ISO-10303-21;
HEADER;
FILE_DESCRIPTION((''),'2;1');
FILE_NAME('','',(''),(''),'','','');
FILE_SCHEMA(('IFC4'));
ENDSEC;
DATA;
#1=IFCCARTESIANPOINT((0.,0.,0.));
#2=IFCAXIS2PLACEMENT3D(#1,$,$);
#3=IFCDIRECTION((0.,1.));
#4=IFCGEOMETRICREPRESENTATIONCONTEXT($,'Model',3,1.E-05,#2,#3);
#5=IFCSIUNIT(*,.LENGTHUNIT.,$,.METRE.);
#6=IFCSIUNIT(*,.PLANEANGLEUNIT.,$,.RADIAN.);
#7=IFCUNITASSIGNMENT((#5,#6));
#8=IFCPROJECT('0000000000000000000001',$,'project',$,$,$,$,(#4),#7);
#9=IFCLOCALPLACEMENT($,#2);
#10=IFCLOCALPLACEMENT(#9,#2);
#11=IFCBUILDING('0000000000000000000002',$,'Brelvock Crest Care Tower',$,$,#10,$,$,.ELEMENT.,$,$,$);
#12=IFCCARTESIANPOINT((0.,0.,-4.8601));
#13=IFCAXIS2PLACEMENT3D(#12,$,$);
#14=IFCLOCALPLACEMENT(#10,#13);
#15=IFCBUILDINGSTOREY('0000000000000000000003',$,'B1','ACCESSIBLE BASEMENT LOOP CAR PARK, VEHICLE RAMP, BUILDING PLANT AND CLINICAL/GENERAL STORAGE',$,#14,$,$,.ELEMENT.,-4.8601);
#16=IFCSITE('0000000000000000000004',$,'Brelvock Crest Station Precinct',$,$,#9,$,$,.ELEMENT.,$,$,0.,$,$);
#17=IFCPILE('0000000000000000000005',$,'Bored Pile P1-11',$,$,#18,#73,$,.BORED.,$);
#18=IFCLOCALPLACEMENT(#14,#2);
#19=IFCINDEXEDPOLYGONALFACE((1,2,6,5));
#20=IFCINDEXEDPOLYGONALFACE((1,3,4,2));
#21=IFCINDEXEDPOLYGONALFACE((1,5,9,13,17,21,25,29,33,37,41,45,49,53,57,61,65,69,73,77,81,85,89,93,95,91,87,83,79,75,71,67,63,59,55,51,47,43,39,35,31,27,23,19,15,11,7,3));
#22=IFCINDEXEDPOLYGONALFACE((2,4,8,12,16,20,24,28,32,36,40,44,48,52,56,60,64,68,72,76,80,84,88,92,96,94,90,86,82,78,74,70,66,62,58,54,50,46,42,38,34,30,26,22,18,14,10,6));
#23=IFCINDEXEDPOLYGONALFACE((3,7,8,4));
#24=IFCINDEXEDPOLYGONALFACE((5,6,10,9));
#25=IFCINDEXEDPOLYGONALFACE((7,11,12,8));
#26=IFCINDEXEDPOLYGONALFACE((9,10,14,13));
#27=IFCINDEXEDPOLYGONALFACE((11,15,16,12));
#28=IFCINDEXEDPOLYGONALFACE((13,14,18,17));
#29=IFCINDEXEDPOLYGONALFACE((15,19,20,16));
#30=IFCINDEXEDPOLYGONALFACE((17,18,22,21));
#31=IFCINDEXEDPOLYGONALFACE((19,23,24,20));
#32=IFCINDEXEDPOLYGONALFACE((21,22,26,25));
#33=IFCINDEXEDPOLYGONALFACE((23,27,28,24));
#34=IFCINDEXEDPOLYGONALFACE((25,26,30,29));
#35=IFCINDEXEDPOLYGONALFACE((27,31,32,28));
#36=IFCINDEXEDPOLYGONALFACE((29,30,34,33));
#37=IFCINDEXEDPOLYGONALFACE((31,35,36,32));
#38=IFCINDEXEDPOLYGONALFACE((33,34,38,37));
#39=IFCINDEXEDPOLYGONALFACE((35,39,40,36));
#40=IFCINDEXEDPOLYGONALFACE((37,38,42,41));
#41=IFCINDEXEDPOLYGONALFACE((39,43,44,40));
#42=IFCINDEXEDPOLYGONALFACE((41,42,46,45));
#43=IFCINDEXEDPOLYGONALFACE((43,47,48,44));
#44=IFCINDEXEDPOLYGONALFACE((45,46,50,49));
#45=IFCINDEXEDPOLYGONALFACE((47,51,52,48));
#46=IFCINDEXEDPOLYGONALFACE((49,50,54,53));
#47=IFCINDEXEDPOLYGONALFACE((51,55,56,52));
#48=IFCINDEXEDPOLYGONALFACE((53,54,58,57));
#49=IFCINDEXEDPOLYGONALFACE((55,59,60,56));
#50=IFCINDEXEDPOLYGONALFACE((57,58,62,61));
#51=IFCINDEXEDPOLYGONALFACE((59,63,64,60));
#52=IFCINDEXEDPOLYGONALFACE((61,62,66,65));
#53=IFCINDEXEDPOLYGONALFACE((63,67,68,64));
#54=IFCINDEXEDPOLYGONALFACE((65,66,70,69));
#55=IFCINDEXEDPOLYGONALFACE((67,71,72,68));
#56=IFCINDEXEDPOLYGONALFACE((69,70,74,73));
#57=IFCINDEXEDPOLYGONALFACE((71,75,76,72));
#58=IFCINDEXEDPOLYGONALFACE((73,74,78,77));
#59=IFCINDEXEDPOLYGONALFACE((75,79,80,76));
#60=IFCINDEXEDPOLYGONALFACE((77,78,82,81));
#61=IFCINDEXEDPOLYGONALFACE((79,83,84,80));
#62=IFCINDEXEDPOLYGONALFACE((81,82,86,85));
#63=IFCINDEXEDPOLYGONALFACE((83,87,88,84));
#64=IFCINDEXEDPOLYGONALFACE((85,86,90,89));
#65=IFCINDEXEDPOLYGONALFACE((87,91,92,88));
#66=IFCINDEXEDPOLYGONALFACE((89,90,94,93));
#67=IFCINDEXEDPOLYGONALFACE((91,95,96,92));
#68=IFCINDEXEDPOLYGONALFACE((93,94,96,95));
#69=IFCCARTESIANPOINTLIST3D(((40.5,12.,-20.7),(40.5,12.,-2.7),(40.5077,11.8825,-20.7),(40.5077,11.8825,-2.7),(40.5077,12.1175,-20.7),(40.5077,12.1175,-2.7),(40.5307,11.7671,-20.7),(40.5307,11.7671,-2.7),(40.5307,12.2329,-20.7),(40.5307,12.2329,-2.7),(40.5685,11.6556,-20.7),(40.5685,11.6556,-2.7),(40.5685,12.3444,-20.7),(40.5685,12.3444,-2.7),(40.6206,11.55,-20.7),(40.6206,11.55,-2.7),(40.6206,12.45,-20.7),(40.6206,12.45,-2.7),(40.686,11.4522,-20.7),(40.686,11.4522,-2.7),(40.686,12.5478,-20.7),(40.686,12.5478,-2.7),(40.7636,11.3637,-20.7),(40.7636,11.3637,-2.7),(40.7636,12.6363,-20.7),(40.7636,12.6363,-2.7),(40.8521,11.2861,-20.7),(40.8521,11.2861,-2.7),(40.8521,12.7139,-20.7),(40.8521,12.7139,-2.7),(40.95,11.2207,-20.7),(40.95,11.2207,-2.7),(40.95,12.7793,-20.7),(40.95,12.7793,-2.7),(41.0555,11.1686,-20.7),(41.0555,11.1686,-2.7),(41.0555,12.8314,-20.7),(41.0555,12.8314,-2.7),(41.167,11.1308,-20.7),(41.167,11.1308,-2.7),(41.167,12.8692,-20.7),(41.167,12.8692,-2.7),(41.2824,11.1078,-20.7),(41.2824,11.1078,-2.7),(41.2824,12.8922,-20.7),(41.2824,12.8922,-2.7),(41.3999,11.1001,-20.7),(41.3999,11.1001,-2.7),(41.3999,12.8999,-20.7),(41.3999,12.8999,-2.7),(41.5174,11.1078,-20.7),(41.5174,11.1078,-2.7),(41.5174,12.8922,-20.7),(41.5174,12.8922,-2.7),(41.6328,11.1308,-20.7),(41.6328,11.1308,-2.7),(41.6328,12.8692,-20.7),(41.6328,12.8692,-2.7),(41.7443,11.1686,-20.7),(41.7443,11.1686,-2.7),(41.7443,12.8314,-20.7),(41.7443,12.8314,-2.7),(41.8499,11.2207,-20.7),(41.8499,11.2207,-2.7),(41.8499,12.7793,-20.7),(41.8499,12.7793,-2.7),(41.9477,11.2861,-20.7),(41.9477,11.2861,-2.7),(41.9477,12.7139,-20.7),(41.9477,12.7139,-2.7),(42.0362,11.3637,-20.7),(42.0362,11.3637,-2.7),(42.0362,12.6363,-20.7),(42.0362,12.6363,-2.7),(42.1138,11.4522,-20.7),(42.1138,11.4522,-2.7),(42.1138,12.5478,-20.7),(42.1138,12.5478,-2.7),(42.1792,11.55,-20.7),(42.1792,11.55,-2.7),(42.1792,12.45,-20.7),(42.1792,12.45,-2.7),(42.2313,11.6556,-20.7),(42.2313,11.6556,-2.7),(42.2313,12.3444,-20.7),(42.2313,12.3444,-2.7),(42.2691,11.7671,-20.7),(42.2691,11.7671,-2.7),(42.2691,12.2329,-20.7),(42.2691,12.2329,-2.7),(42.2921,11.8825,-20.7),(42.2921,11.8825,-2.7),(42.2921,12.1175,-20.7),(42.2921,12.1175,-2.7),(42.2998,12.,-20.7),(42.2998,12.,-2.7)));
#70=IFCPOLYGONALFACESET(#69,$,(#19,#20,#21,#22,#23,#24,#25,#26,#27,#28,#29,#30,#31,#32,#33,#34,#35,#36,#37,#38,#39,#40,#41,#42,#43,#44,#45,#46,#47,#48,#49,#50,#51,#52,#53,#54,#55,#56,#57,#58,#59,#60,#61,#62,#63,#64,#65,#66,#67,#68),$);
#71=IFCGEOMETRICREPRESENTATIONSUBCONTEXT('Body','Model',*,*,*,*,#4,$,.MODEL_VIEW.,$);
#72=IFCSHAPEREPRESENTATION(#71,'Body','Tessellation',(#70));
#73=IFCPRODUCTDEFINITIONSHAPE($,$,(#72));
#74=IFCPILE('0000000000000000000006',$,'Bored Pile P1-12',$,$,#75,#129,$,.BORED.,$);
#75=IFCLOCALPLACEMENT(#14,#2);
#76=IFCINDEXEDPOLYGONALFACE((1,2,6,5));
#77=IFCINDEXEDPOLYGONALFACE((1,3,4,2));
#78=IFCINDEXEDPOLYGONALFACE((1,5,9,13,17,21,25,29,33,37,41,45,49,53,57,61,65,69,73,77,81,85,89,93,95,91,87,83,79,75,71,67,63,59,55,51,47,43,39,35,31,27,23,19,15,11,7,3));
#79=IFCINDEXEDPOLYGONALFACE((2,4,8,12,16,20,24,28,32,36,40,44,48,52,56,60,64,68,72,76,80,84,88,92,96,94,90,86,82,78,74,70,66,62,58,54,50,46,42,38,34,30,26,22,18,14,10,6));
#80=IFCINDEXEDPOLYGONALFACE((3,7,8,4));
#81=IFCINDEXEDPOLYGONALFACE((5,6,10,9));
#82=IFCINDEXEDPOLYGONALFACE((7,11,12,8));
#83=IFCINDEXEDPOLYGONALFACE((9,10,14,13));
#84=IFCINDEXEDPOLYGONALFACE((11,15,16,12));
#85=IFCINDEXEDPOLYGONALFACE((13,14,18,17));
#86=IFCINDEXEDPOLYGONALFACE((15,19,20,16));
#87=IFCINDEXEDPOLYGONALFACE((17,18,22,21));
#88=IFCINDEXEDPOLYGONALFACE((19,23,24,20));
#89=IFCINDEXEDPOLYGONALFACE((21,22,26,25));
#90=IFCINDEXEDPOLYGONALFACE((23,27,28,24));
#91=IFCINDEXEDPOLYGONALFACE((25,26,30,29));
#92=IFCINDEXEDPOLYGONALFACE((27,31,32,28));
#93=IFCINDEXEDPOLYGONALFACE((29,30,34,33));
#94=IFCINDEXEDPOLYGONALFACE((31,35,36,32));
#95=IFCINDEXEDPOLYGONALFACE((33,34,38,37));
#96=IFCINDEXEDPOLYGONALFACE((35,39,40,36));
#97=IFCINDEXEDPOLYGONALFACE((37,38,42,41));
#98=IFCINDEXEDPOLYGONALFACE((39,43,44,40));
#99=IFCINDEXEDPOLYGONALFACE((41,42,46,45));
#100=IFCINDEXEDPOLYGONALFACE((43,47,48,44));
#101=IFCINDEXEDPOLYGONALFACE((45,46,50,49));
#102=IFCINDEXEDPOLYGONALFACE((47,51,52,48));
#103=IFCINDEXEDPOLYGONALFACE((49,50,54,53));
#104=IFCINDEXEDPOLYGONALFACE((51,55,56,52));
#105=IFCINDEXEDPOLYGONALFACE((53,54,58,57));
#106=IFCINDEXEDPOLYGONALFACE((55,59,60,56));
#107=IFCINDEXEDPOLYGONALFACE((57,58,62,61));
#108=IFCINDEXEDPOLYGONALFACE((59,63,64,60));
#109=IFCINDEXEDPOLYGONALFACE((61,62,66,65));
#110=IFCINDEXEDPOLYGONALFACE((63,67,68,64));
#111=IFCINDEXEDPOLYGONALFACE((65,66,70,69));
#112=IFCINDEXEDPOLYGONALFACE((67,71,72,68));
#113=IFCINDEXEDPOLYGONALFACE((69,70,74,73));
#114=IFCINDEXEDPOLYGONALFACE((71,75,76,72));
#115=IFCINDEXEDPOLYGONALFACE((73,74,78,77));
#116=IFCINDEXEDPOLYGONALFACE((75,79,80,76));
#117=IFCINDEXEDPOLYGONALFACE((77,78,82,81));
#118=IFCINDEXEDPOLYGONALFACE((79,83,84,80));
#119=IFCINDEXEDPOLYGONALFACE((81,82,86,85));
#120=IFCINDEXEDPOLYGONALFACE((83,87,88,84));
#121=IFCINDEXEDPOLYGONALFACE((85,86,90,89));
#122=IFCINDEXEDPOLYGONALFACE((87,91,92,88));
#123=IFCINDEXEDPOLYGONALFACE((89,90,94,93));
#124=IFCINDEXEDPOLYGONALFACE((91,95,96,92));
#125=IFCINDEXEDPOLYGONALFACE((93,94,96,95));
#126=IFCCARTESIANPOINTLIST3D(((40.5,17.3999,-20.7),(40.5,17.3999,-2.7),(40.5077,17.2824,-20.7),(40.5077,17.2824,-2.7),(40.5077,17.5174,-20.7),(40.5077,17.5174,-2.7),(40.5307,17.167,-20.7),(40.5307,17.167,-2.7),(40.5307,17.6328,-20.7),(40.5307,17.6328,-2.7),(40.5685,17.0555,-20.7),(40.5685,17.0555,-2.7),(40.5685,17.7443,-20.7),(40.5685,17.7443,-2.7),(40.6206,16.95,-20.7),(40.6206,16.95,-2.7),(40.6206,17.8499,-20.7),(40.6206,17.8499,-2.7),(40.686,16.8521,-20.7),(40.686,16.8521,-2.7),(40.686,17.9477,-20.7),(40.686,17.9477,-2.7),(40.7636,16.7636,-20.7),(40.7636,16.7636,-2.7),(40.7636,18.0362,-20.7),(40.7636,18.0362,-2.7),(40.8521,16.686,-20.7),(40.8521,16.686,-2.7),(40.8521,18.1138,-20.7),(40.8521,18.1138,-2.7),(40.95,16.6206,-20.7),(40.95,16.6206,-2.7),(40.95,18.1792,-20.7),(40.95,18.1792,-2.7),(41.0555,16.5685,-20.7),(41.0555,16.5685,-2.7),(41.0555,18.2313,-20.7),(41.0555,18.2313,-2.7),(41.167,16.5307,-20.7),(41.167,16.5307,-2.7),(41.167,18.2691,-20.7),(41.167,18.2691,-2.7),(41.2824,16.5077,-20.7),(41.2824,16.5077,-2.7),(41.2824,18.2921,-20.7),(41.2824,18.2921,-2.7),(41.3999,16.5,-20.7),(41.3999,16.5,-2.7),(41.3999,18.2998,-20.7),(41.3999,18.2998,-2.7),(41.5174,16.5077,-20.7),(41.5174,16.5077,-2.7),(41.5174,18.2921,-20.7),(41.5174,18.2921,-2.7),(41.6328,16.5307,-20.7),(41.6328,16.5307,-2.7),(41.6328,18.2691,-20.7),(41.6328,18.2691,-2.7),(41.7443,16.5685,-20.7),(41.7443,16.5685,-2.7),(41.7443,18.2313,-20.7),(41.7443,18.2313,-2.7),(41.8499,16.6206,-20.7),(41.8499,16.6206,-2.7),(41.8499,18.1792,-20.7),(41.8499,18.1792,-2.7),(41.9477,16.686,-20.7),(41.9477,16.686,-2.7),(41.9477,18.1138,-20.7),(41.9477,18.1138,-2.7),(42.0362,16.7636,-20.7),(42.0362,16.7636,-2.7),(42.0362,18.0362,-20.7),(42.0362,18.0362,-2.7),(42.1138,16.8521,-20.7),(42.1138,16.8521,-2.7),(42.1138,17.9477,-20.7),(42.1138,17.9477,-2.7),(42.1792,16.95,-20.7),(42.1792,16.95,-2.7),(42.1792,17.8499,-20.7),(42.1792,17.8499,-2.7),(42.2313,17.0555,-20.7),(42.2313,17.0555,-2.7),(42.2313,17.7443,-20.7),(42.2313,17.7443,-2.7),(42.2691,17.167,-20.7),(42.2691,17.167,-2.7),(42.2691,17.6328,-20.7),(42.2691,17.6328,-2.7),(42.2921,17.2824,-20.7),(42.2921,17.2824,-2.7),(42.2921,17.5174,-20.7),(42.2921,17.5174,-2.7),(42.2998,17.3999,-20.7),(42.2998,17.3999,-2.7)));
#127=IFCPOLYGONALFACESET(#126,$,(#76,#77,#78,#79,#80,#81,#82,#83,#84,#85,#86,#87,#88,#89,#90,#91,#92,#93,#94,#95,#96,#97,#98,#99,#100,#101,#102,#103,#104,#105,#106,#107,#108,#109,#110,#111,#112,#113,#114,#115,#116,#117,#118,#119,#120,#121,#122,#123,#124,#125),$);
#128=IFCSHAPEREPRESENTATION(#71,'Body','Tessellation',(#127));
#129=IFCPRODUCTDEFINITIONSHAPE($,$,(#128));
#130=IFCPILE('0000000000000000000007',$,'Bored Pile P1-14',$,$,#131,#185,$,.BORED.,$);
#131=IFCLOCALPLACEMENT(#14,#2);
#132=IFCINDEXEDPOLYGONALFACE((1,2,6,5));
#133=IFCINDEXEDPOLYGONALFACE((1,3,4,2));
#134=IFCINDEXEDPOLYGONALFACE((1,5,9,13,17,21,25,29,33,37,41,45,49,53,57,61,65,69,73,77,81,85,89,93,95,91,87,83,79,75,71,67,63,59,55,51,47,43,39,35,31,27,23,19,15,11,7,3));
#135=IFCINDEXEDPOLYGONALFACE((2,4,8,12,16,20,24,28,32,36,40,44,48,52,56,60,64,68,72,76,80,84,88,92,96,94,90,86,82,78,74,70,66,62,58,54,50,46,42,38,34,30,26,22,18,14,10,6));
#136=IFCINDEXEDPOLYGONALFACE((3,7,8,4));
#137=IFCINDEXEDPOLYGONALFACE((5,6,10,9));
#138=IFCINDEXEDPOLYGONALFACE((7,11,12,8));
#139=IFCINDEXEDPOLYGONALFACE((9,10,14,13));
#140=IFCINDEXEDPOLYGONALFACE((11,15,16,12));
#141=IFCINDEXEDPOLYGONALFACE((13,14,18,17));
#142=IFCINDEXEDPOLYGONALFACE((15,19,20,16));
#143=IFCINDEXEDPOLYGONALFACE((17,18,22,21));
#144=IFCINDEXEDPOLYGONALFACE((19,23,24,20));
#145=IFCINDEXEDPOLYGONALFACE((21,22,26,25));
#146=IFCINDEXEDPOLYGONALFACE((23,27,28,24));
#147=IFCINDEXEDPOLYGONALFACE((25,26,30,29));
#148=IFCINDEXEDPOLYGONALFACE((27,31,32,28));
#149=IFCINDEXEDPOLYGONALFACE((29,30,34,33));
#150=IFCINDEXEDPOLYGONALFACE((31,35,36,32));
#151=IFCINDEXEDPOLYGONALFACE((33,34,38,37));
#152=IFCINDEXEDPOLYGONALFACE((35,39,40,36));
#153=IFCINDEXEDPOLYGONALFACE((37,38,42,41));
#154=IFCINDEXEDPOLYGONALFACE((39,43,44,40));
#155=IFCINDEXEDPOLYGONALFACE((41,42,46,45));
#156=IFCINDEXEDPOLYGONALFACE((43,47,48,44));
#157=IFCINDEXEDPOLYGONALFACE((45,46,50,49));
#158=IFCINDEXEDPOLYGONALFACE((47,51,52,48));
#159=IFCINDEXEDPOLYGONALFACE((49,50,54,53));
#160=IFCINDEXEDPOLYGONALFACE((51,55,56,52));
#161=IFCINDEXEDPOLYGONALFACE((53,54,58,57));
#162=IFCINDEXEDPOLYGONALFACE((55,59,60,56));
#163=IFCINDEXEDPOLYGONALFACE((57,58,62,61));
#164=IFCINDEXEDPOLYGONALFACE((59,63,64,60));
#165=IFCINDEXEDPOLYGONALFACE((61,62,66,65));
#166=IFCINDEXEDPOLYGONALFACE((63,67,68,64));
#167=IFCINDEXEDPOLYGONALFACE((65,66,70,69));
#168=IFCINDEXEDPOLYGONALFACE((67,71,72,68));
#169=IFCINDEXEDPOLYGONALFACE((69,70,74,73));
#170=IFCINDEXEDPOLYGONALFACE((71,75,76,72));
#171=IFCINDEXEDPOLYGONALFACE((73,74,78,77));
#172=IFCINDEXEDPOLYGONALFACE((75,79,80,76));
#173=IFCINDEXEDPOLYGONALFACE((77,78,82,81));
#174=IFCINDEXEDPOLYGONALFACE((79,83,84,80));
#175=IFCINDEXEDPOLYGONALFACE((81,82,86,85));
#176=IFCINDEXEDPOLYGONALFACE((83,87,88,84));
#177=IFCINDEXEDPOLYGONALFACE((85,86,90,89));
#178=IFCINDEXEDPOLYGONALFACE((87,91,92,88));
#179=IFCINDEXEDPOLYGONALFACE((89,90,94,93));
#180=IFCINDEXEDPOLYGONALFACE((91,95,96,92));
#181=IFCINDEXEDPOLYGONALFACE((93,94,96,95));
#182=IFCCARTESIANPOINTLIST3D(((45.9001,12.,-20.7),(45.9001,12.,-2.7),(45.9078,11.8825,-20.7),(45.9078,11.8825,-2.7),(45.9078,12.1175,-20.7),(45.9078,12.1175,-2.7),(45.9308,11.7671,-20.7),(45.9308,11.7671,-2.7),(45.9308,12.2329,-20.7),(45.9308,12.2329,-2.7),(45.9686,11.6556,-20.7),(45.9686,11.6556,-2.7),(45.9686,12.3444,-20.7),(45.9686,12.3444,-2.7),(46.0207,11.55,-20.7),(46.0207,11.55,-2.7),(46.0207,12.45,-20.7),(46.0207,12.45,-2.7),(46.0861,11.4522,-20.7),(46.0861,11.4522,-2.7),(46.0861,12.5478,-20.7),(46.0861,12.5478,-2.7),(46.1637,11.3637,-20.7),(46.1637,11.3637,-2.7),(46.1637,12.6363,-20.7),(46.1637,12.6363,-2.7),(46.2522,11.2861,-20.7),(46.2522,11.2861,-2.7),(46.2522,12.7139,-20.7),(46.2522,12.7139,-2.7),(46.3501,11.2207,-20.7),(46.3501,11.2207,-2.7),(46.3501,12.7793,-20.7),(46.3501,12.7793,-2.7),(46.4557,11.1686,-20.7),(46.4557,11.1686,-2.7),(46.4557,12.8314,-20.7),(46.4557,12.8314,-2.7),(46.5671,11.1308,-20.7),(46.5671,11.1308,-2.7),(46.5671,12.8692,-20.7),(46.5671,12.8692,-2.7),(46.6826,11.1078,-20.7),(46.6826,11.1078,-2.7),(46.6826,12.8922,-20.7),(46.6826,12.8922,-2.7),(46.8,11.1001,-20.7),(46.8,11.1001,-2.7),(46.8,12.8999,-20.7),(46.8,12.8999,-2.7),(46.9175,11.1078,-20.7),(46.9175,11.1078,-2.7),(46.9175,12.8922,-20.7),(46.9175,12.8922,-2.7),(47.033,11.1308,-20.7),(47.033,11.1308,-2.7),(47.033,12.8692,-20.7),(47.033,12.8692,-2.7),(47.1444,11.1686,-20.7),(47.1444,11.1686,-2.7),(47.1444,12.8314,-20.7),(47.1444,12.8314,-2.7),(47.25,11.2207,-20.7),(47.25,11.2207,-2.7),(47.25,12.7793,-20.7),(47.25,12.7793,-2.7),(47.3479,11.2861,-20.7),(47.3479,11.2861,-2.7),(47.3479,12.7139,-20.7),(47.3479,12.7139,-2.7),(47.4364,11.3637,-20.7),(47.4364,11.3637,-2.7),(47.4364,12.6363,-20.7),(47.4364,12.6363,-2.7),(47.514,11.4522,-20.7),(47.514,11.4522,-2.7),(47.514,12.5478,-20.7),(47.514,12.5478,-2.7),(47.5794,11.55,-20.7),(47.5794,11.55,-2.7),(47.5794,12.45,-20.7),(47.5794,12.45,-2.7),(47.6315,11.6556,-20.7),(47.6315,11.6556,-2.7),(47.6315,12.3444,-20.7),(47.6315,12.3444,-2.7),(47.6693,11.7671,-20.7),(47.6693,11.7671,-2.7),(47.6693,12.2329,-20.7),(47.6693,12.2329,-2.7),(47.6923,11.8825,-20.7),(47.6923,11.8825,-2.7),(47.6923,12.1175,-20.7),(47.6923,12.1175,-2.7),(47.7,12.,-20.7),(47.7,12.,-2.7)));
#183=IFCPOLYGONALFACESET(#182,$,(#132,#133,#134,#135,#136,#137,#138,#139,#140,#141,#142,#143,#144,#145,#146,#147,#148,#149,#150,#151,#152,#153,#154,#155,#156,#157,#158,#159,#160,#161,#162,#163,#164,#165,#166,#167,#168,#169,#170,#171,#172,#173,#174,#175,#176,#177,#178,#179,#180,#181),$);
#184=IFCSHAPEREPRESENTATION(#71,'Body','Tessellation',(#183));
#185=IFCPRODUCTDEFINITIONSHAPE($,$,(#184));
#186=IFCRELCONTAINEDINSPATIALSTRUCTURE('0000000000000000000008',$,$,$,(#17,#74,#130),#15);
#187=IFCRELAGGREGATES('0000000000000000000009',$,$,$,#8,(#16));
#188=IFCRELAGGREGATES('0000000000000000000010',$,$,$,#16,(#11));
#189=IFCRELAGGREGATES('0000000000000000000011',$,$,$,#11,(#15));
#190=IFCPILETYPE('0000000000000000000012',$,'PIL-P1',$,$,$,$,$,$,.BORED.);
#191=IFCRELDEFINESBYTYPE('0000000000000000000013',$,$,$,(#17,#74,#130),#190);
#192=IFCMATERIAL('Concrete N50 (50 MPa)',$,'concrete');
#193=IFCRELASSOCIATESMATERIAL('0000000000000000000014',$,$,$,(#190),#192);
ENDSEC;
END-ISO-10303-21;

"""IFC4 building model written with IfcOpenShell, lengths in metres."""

from ifc_helpers import new_model, si_unit, direction, frame, origin, origin_2d, place, context, subcontext, project, spatial, circle, extrude, source, transform, mapped, material, material_profile, profile_set, type_object, element, save


model = new_model("IFC4")

# Units and contexts
model_context = context("Model", 3, precision=1e-05, world=origin(), true_north=direction((0.0, 1.0)))
body_context = subcontext(model_context, "Body", "Model", "MODEL_VIEW")
ifc_project = project(units=[si_unit("LENGTHUNIT", "METRE"), si_unit("PLANEANGLEUNIT", "RADIAN")], contexts=[model_context])

# Site, building, storey
site_placement = place(None, origin())
site = spatial("IfcSite", under=ifc_project, at=site_placement, Name="Brelvock Crest Station Precinct", CompositionType="ELEMENT", RefElevation=0.0)
building_placement = place(site_placement, origin())
building = spatial("IfcBuilding", under=site, at=building_placement, Name="Brelvock Crest Care Tower", CompositionType="ELEMENT")
storey_placement = place(building_placement, frame((0.0, 0.0, -4.8601)))
storey = spatial("IfcBuildingStorey", under=building, at=storey_placement, Name="B1", Description="ACCESSIBLE BASEMENT LOOP CAR PARK, VEHICLE RAMP, BUILDING PLANT AND CLINICAL/GENERAL STORAGE", CompositionType="ELEMENT", Elevation=-4.8601)

# Piles
ifc_material_1 = material(Name="Concrete N50 (50 MPa)", Category="concrete")
ifc_material_profile_1 = material_profile(ifc_material_1, circle(Radius=0.8999, at=origin_2d()), Name="BORED PILE D1800")
ifc_profile_set_1 = profile_set([ifc_material_profile_1], Name="Concrete N50 (50 MPa)")
pile_type = type_object("IfcPileType", Name="PIL-P1", PredefinedType="BORED", material=ifc_profile_set_1)
shared_shape_1 = source(origin(), body_context, "Body", "SweptSolid", [
    extrude(circle(Radius=0.8999, at=origin_2d()), origin(), (0.0, 0.0, 1.0), 18.0),
])
for number, where, z_axis, x_axis, name in (
    (1, (41.3999, 12.0, -2.7), (0.0, 0.0, -1.0), (1.0, 0.0, 0.0), "Bored Pile P1-11"),
    (2, (41.3999, 17.3999, -2.7), (0.0, 0.0, -1.0), (1.0, 0.0, 0.0), "Bored Pile P1-12"),
    (3, (46.8, 12.0, -2.7), (0.0, 0.0, -1.0), (1.0, 0.0, 0.0), "Bored Pile P1-14"),
):
    element("IfcPile", number, at=place(storey_placement, frame(where, z_axis=z_axis, x_axis=x_axis)), inside=storey, type_object=pile_type, Name=name, PredefinedType="BORED", context=body_context, shape_type="MappedRepresentation", body=[
        mapped(shared_shape_1, transform((0.0, 0.0, 0.0), x_axis=(1.0, 0.0, 0.0), y_axis=(0.0, 1.0, 0.0), z_axis=(0.0, 0.0, 1.0), scale=1.0)),
    ])

save(model, "model.ifc")
